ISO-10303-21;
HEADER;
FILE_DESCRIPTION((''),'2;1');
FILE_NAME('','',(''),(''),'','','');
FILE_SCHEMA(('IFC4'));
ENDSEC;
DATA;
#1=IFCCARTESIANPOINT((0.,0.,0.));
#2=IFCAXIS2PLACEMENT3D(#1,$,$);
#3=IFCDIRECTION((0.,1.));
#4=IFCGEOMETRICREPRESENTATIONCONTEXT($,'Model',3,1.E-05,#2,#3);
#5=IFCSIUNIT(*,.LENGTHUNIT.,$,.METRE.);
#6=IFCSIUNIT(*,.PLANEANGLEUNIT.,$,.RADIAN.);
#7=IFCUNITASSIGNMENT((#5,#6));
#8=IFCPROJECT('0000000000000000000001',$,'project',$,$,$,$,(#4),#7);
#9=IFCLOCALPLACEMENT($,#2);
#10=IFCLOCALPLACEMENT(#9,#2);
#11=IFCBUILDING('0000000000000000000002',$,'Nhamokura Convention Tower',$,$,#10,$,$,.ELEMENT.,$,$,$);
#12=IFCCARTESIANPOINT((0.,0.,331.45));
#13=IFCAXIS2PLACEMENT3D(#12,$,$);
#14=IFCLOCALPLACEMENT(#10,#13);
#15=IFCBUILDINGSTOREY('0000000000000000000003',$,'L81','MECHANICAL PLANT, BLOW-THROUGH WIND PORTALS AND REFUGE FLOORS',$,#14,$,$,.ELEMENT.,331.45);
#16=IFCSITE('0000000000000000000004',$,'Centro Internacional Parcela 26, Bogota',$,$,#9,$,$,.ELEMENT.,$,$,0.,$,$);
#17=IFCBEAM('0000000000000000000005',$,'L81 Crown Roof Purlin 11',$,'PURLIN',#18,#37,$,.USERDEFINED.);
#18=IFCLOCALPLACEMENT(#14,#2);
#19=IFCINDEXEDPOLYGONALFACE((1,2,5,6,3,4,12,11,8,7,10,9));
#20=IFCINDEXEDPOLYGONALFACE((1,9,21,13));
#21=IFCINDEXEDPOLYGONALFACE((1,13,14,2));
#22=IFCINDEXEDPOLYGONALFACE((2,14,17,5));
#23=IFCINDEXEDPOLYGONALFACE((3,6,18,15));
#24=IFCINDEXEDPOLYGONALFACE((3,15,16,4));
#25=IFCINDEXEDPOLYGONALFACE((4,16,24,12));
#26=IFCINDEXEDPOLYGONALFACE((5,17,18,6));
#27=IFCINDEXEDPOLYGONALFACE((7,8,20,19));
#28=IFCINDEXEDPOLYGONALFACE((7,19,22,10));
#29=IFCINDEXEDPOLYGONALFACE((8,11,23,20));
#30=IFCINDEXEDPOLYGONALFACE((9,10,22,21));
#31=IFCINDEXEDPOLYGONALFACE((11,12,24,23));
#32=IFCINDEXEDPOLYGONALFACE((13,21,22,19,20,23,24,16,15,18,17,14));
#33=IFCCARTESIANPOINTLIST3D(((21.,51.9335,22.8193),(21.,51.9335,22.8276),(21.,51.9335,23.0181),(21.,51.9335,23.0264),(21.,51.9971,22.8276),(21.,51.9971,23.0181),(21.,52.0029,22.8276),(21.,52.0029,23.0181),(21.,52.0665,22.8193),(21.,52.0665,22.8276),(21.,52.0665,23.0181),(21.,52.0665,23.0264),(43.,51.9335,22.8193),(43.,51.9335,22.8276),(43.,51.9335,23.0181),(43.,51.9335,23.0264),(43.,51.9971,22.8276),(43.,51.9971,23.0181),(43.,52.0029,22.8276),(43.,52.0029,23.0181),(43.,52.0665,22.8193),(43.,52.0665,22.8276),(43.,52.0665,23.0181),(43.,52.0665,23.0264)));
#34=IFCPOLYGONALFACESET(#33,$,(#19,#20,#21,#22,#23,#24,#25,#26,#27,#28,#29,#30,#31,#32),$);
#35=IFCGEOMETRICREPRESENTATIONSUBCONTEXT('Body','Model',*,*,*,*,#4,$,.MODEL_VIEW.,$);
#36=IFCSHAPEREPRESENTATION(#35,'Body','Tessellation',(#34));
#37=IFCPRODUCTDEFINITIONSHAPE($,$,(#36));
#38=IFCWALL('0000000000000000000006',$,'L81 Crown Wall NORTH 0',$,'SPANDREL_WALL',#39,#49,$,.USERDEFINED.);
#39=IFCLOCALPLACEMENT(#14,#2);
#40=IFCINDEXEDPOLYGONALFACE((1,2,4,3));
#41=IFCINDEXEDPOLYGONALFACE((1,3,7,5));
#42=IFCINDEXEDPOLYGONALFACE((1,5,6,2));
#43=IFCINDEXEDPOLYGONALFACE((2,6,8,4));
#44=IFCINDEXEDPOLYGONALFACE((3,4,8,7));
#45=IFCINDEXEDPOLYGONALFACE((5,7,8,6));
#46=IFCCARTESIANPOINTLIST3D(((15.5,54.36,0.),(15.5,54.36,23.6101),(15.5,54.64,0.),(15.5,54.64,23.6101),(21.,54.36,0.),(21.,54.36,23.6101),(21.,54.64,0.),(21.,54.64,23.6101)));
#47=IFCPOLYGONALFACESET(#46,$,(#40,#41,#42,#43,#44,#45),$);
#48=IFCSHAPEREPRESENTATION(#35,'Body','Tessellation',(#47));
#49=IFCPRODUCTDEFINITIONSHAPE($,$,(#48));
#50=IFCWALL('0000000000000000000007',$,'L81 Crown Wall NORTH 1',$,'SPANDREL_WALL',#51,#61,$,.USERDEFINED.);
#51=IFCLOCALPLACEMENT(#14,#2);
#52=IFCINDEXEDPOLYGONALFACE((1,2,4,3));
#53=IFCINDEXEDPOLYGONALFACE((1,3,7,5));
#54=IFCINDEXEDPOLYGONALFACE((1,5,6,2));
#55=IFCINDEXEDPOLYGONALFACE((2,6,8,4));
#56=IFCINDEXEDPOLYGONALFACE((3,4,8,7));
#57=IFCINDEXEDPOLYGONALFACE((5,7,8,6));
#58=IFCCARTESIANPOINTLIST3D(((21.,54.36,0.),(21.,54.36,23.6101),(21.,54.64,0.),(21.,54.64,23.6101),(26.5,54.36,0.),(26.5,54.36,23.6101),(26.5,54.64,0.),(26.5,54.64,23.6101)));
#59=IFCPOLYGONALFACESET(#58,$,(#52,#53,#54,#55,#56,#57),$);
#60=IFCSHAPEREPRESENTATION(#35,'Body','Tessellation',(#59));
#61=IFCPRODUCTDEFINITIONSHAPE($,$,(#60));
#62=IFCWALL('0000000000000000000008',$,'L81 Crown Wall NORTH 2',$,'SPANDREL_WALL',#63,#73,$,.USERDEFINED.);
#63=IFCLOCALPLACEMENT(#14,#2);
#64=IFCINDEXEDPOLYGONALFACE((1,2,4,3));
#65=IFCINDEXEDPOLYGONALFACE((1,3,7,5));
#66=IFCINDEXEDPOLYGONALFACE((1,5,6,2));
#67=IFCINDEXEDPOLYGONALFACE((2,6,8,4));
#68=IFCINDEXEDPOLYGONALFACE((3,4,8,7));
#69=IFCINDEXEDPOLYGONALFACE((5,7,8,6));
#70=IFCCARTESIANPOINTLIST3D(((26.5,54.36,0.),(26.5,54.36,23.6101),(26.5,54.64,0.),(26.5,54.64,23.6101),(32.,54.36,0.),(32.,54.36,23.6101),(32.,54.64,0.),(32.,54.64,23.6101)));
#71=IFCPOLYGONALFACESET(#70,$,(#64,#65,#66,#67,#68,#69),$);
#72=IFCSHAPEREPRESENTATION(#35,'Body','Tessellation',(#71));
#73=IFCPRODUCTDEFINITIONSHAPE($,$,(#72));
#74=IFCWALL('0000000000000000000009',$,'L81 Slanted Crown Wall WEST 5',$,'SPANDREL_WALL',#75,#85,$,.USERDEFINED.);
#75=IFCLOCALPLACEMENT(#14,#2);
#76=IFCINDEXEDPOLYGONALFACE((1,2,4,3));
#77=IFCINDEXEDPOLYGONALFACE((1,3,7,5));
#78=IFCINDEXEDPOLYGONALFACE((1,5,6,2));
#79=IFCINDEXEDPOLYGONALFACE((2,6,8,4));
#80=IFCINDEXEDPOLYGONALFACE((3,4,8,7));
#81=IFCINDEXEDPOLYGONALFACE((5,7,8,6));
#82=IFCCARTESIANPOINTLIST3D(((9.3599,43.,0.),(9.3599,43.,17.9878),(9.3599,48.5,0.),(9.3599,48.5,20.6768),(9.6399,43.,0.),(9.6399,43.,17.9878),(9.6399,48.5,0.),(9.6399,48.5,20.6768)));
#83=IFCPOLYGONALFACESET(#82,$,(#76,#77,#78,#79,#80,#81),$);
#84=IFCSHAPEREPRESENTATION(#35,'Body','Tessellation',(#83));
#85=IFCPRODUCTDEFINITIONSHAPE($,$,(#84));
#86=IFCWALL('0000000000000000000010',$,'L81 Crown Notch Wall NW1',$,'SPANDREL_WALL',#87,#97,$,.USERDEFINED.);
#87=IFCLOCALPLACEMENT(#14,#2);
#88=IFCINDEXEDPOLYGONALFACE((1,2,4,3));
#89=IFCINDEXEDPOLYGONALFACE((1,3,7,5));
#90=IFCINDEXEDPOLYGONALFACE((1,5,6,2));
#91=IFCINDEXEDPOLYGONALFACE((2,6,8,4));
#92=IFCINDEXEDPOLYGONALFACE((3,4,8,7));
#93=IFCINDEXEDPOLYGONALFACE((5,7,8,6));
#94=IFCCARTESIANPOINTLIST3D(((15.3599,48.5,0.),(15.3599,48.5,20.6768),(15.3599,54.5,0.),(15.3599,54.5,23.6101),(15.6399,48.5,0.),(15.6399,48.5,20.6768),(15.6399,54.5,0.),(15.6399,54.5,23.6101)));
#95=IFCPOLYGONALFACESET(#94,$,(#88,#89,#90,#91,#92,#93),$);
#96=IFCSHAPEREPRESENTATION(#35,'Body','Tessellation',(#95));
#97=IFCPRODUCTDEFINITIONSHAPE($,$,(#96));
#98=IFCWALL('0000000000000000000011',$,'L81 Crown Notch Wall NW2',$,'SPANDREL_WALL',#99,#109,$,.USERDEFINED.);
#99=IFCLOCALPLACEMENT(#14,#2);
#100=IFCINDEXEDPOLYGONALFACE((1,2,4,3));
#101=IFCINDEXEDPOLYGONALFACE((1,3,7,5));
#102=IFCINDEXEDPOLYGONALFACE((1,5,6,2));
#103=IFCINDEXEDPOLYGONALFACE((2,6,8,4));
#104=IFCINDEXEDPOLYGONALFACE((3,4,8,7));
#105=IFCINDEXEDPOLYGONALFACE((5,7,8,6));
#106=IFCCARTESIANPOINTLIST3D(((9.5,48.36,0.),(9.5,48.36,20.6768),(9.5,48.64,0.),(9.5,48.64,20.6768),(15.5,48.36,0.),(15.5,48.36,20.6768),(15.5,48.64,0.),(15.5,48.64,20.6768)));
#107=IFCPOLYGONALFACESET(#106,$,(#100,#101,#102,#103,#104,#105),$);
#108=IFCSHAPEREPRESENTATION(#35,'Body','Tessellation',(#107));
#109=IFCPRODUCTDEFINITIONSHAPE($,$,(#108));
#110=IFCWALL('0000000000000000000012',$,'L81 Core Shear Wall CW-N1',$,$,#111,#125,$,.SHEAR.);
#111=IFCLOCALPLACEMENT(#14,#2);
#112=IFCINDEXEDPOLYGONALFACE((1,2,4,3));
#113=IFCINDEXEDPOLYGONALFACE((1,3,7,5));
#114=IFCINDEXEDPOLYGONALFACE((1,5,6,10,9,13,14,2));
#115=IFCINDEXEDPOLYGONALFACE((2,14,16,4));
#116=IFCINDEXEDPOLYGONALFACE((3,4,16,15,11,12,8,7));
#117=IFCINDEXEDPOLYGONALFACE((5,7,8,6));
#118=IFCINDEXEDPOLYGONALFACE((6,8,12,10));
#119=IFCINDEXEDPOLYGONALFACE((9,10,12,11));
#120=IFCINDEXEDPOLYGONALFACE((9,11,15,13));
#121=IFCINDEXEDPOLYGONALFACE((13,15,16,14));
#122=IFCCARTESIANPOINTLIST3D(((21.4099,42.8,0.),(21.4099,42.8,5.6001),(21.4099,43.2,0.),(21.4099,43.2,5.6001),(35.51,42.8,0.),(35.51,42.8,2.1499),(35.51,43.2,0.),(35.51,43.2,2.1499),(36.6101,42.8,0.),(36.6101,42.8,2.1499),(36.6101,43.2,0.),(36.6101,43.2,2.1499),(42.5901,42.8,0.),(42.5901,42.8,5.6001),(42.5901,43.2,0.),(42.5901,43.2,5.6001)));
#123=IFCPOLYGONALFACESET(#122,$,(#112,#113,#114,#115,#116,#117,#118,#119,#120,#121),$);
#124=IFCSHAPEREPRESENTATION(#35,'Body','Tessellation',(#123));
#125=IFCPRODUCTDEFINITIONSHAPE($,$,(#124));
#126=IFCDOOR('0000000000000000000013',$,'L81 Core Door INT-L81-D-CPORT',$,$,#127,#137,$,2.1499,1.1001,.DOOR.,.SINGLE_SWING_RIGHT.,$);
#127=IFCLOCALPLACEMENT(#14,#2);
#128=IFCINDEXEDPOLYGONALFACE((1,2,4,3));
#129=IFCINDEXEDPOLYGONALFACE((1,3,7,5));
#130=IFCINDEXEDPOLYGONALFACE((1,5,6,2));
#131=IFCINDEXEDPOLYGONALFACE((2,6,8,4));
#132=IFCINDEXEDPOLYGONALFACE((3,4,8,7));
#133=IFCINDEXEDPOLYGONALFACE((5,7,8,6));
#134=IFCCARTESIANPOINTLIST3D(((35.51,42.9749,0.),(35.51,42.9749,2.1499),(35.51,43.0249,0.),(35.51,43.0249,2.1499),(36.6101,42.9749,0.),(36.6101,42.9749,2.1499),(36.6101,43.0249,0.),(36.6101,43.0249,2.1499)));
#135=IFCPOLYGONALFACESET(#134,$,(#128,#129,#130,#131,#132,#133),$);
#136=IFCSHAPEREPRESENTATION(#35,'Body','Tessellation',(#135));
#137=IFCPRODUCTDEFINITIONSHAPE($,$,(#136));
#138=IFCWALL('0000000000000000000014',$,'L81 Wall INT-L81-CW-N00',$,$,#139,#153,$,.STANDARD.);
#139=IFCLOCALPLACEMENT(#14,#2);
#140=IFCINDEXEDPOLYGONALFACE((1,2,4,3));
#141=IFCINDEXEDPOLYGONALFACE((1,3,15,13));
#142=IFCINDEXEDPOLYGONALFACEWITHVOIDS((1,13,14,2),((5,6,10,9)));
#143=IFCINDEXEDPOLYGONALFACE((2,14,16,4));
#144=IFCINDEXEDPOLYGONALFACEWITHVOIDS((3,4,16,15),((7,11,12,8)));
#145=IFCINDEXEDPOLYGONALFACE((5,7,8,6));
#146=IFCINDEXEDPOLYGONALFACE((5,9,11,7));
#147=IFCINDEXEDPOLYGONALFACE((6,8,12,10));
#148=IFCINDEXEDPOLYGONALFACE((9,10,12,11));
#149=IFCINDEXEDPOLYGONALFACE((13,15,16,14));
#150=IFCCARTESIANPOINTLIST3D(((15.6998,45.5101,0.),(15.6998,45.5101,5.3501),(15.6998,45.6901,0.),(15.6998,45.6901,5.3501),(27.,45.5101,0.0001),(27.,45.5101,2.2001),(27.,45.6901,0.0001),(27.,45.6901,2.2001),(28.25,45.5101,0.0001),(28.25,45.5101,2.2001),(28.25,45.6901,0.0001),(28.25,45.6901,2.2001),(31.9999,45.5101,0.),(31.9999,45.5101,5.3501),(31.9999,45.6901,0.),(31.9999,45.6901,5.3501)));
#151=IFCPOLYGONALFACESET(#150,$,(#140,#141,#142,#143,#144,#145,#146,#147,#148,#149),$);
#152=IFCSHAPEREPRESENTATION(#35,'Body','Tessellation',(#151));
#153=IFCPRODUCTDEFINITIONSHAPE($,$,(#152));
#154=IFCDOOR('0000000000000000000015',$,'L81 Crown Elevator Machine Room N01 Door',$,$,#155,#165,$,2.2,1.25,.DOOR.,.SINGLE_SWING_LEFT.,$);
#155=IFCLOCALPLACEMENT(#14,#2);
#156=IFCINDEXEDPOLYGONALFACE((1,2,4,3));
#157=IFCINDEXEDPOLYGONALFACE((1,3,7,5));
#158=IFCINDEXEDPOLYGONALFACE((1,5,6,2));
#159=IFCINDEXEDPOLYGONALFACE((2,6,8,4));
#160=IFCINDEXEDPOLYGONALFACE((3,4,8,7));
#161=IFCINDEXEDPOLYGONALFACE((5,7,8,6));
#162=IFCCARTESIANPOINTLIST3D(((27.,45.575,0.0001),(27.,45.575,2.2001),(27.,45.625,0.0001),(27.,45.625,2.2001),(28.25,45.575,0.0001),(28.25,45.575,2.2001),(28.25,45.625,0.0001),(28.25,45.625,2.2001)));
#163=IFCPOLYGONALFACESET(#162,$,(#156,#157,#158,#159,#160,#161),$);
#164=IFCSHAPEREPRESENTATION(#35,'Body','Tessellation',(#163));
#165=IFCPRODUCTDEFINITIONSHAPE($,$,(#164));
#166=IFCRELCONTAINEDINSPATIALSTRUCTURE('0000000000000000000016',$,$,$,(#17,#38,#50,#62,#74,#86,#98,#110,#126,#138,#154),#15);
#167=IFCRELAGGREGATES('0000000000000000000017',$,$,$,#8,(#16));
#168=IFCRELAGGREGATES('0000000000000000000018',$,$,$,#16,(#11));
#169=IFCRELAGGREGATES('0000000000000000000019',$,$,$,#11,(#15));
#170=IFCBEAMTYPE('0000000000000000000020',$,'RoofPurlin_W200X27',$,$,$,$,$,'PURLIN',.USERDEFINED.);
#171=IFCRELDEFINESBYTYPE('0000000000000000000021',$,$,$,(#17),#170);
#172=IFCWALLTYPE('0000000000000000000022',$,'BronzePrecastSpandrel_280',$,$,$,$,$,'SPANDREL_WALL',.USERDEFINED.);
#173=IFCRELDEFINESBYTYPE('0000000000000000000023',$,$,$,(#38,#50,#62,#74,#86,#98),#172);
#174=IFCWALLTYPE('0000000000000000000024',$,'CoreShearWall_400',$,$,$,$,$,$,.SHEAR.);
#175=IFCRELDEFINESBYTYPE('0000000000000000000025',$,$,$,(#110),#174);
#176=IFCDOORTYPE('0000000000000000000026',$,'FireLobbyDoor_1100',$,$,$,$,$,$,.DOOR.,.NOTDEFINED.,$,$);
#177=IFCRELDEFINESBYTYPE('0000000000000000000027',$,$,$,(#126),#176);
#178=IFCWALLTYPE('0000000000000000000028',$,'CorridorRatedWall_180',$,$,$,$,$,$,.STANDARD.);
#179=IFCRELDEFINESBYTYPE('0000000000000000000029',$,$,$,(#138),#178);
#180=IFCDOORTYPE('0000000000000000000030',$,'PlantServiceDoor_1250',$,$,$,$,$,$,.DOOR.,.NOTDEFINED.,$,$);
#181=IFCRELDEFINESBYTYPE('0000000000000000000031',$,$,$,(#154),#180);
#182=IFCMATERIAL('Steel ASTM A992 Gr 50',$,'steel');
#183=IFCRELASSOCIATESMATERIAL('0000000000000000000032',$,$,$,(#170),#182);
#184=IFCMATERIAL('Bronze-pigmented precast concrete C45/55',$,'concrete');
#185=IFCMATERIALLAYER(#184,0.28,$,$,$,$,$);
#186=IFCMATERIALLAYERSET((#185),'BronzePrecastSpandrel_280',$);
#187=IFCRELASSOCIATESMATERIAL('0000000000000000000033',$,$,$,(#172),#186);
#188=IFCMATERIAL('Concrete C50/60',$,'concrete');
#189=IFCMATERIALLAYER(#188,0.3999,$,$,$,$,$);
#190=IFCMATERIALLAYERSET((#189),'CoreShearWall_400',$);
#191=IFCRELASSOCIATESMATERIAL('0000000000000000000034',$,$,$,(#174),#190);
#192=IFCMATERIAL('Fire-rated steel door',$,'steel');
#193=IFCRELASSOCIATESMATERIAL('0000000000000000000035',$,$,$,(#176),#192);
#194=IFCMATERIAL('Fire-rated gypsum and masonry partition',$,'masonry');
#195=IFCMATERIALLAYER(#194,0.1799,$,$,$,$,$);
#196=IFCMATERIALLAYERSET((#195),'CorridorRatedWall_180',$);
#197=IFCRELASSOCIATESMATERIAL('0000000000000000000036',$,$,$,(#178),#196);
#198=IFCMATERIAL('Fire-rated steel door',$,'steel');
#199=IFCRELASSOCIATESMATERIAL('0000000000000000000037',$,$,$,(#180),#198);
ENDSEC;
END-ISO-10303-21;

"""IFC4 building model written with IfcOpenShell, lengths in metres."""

from ifc_helpers import new_model, si_unit, direction, frame, frame_2d, origin, origin_2d, place, context, subcontext, project, spatial, polyline, rectangle, i_section, outline, extrude, material, layer, layer_set, material_profile, profile_set, type_object, element, fill, save


model = new_model("IFC4")

# Units and contexts
model_context = context("Model", 3, precision=1e-05, world=origin(), true_north=direction((0.0, 1.0)))
body_context = subcontext(model_context, "Body", "Model", "MODEL_VIEW")
ifc_project = project(units=[si_unit("LENGTHUNIT", "METRE"), si_unit("PLANEANGLEUNIT", "RADIAN")], contexts=[model_context])

# Site, building, storey
site_placement = place(None, origin())
site = spatial("IfcSite", under=ifc_project, at=site_placement, Name="Centro Internacional Parcela 26, Bogota", CompositionType="ELEMENT", RefElevation=0.0)
building_placement = place(site_placement, origin())
building = spatial("IfcBuilding", under=site, at=building_placement, Name="Nhamokura Convention Tower", CompositionType="ELEMENT")
storey_placement = place(building_placement, frame((0.0, 0.0, 331.45)))
storey = spatial("IfcBuildingStorey", under=building, at=storey_placement, Name="L81", Description="MECHANICAL PLANT, BLOW-THROUGH WIND PORTALS AND REFUGE FLOORS", CompositionType="ELEMENT", Elevation=331.45)

# Beam
ifc_material_1 = material(Name="Steel ASTM A992 Gr 50", Category="steel")
ifc_material_profile_1 = material_profile(ifc_material_1, i_section(OverallWidth=0.1331, OverallDepth=0.207, WebThickness=0.0059, FlangeThickness=0.0083, at=origin_2d()))
ifc_profile_set_1 = profile_set([ifc_material_profile_1], Name="Steel ASTM A992 Gr 50")
beam_type = type_object("IfcBeamType", Name="RoofPurlin_W200X27", ElementType="PURLIN", PredefinedType="USERDEFINED", material=ifc_profile_set_1)
for number, where, z_axis, x_axis, name in (
    (1, (21.0, 52.0, 22.9229), (1.0, 0.0, 0.0), (0.0, 1.0, 0.0), "L81 Crown Roof Purlin 11"),
):
    element("IfcBeam", number, at=place(storey_placement, frame(where, z_axis=z_axis, x_axis=x_axis)), inside=storey, type_object=beam_type, Name=name, ObjectType="PURLIN", PredefinedType="USERDEFINED", context=body_context, shape_type="SweptSolid", body=[
        extrude(i_section(OverallWidth=0.1331, OverallDepth=0.207, WebThickness=0.0059, FlangeThickness=0.0083, at=origin_2d()), origin(), (0.0, 0.0, 1.0), 22.0),
    ])

# Walls
ifc_material_2 = material(Name="Bronze-pigmented precast concrete C45/55", Category="concrete")
ifc_layer_1 = layer(ifc_material_2, 0.28)
ifc_layer_set_1 = layer_set([ifc_layer_1], Name="BronzePrecastSpandrel_280")
wall_type_1 = type_object("IfcWallType", Name="BronzePrecastSpandrel_280", ElementType="SPANDREL_WALL", PredefinedType="USERDEFINED", material=ifc_layer_set_1)
for number, where, z_axis, x_axis, name in (
    (2, (15.5, 54.5, 0.0), (0.0, 0.0, 1.0), (1.0, 0.0, 0.0), "L81 Crown Wall NORTH 0"),
    (3, (21.0, 54.5, 0.0), (0.0, 0.0, 1.0), (1.0, 0.0, 0.0), "L81 Crown Wall NORTH 1"),
    (4, (26.5, 54.5, 0.0), (0.0, 0.0, 1.0), (1.0, 0.0, 0.0), "L81 Crown Wall NORTH 2"),
):
    element("IfcWall", number, at=place(storey_placement, frame(where, z_axis=z_axis, x_axis=x_axis)), inside=storey, type_object=wall_type_1, Name=name, ObjectType="SPANDREL_WALL", PredefinedType="USERDEFINED", context=body_context, shape_type="SweptSolid", body=[
        extrude(rectangle(XDim=5.5, YDim=0.28, at=frame_2d((2.75, 0.0))), origin(), (0.0, 0.0, 1.0), 23.6101),
    ])
wall_1_placement = place(storey_placement, frame((9.5, 43.0, 0.0), z_axis=(0.0, 0.0, 1.0), x_axis=(0.0, 1.0, 0.0)))
element("IfcWall", 5, at=wall_1_placement, inside=storey, type_object=wall_type_1, Name="L81 Slanted Crown Wall WEST 5", ObjectType="SPANDREL_WALL", PredefinedType="USERDEFINED", context=body_context, shape_type="SweptSolid", body=[
    extrude(outline(polyline([(0.0, 0.0), (5.5, 0.0), (5.5, 20.6768), (0.0, 17.9878), (0.0, 0.0)])), frame((0.0, 0.1401, 0.0), z_axis=(0.0, -1.0, 0.0), x_axis=(1.0, 0.0, 0.0)), (0.0, 0.0, 1.0), 0.28),
])
wall_2_placement = place(storey_placement, frame((15.5, 48.5, 0.0), z_axis=(0.0, 0.0, 1.0), x_axis=(0.0, 1.0, 0.0)))
element("IfcWall", 6, at=wall_2_placement, inside=storey, type_object=wall_type_1, Name="L81 Crown Notch Wall NW1", ObjectType="SPANDREL_WALL", PredefinedType="USERDEFINED", context=body_context, shape_type="SweptSolid", body=[
    extrude(outline(polyline([(0.0, 0.0), (6.0, 0.0), (6.0, 23.6101), (0.0, 20.6768), (0.0, 0.0)])), frame((0.0, 0.1401, 0.0), z_axis=(0.0, -1.0, 0.0), x_axis=(1.0, 0.0, 0.0)), (0.0, 0.0, 1.0), 0.28),
])
wall_3_placement = place(storey_placement, frame((9.5, 48.5, 0.0), z_axis=(0.0, 0.0, 1.0), x_axis=(1.0, 0.0, 0.0)))
element("IfcWall", 7, at=wall_3_placement, inside=storey, type_object=wall_type_1, Name="L81 Crown Notch Wall NW2", ObjectType="SPANDREL_WALL", PredefinedType="USERDEFINED", context=body_context, shape_type="SweptSolid", body=[
    extrude(rectangle(XDim=6.0, YDim=0.28, at=frame_2d((3.0, 0.0))), origin(), (0.0, 0.0, 1.0), 20.6768),
])

# Walls, openings, doors
ifc_material_3 = material(Name="Concrete C50/60", Category="concrete")
ifc_layer_2 = layer(ifc_material_3, 0.3999)
ifc_layer_set_2 = layer_set([ifc_layer_2], Name="CoreShearWall_400")
wall_type_2 = type_object("IfcWallType", Name="CoreShearWall_400", PredefinedType="SHEAR", material=ifc_layer_set_2)
wall_4_placement = place(storey_placement, frame((21.4099, 43.0, 0.0), z_axis=(0.0, 0.0, 1.0), x_axis=(1.0, 0.0, 0.0)))
wall_4 = element("IfcWall", 8, at=wall_4_placement, inside=storey, type_object=wall_type_2, Name="L81 Core Shear Wall CW-N1", PredefinedType="SHEAR", context=body_context, shape_type="SweptSolid", body=[
    extrude(rectangle(XDim=21.1802, YDim=0.3999, at=frame_2d((10.5901, 0.0))), origin(), (0.0, 0.0, 1.0), 5.6001),
])
opening_1_placement = place(wall_4_placement, frame((14.1001, 0.0, 0.0)))
opening_1 = element("IfcOpeningElement", 9, at=opening_1_placement, cuts=wall_4, PredefinedType="OPENING", context=body_context, shape_type="SweptSolid", body=[
    extrude(rectangle(XDim=1.1001, YDim=2.1499, at=frame_2d((0.55, 1.075))), frame((0.0, 0.21, 0.0), z_axis=(0.0, -1.0, 0.0), x_axis=(1.0, 0.0, 0.0)), (0.0, 0.0, 1.0), 0.4199),
])
ifc_material_4 = material(Name="Fire-rated steel door", Category="steel")
door_type_1 = type_object("IfcDoorType", Name="FireLobbyDoor_1100", OperationType="NOTDEFINED", PredefinedType="DOOR", material=ifc_material_4)
door_1_placement = place(opening_1_placement, origin())
door_1 = element("IfcDoor", 10, at=door_1_placement, inside=storey, type_object=door_type_1, Name="L81 Core Door INT-L81-D-CPORT", OperationType="SINGLE_SWING_RIGHT", OverallHeight=2.1499, OverallWidth=1.1001, PredefinedType="DOOR", context=body_context, shape_type="SweptSolid", body=[
    extrude(rectangle(XDim=1.1001, YDim=2.1499, at=frame_2d((0.55, 1.075))), frame((0.0, 0.0249, 0.0), z_axis=(0.0, -1.0, 0.0), x_axis=(1.0, 0.0, 0.0)), (0.0, 0.0, 1.0), 0.05),
])
fill(opening_1, door_1)
ifc_material_5 = material(Name="Fire-rated gypsum and masonry partition", Category="masonry")
ifc_layer_3 = layer(ifc_material_5, 0.1799)
ifc_layer_set_3 = layer_set([ifc_layer_3], Name="CorridorRatedWall_180")
wall_type_3 = type_object("IfcWallType", Name="CorridorRatedWall_180", PredefinedType="STANDARD", material=ifc_layer_set_3)
wall_5_placement = place(storey_placement, frame((15.7, 45.6001, 0.0), z_axis=(0.0, 0.0, 1.0), x_axis=(1.0, 0.0, 0.0)))
wall_5 = element("IfcWall", 11, at=wall_5_placement, inside=storey, type_object=wall_type_3, Name="L81 Wall INT-L81-CW-N00", PredefinedType="STANDARD", context=body_context, shape_type="SweptSolid", body=[
    extrude(rectangle(XDim=16.3, YDim=0.1799, at=frame_2d((8.1499, 0.0))), origin(), (0.0, 0.0, 1.0), 5.3501),
])
opening_2_placement = place(wall_5_placement, frame((11.3, 0.0, 0.0)))
opening_2 = element("IfcOpeningElement", 12, at=opening_2_placement, cuts=wall_5, PredefinedType="OPENING", context=body_context, shape_type="SweptSolid", body=[
    extrude(rectangle(XDim=1.25, YDim=2.2, at=frame_2d((0.625, 1.1001))), frame((0.0, 0.0999, 0.0), z_axis=(0.0, -1.0, 0.0), x_axis=(1.0, 0.0, 0.0)), (0.0, 0.0, 1.0), 0.2),
])
ifc_material_6 = material(Name="Fire-rated steel door", Category="steel")
door_type_2 = type_object("IfcDoorType", Name="PlantServiceDoor_1250", OperationType="NOTDEFINED", PredefinedType="DOOR", material=ifc_material_6)
door_2_placement = place(opening_2_placement, origin())
door_2 = element("IfcDoor", 13, at=door_2_placement, inside=storey, type_object=door_type_2, Name="L81 Crown Elevator Machine Room N01 Door", OperationType="SINGLE_SWING_LEFT", OverallHeight=2.2, OverallWidth=1.25, PredefinedType="DOOR", context=body_context, shape_type="SweptSolid", body=[
    extrude(rectangle(XDim=1.25, YDim=2.2, at=frame_2d((0.625, 1.1001))), frame((0.0, 0.0249, 0.0), z_axis=(0.0, -1.0, 0.0), x_axis=(1.0, 0.0, 0.0)), (0.0, 0.0, 1.0), 0.05),
])
fill(opening_2, door_2)

save(model, "model.ifc")
